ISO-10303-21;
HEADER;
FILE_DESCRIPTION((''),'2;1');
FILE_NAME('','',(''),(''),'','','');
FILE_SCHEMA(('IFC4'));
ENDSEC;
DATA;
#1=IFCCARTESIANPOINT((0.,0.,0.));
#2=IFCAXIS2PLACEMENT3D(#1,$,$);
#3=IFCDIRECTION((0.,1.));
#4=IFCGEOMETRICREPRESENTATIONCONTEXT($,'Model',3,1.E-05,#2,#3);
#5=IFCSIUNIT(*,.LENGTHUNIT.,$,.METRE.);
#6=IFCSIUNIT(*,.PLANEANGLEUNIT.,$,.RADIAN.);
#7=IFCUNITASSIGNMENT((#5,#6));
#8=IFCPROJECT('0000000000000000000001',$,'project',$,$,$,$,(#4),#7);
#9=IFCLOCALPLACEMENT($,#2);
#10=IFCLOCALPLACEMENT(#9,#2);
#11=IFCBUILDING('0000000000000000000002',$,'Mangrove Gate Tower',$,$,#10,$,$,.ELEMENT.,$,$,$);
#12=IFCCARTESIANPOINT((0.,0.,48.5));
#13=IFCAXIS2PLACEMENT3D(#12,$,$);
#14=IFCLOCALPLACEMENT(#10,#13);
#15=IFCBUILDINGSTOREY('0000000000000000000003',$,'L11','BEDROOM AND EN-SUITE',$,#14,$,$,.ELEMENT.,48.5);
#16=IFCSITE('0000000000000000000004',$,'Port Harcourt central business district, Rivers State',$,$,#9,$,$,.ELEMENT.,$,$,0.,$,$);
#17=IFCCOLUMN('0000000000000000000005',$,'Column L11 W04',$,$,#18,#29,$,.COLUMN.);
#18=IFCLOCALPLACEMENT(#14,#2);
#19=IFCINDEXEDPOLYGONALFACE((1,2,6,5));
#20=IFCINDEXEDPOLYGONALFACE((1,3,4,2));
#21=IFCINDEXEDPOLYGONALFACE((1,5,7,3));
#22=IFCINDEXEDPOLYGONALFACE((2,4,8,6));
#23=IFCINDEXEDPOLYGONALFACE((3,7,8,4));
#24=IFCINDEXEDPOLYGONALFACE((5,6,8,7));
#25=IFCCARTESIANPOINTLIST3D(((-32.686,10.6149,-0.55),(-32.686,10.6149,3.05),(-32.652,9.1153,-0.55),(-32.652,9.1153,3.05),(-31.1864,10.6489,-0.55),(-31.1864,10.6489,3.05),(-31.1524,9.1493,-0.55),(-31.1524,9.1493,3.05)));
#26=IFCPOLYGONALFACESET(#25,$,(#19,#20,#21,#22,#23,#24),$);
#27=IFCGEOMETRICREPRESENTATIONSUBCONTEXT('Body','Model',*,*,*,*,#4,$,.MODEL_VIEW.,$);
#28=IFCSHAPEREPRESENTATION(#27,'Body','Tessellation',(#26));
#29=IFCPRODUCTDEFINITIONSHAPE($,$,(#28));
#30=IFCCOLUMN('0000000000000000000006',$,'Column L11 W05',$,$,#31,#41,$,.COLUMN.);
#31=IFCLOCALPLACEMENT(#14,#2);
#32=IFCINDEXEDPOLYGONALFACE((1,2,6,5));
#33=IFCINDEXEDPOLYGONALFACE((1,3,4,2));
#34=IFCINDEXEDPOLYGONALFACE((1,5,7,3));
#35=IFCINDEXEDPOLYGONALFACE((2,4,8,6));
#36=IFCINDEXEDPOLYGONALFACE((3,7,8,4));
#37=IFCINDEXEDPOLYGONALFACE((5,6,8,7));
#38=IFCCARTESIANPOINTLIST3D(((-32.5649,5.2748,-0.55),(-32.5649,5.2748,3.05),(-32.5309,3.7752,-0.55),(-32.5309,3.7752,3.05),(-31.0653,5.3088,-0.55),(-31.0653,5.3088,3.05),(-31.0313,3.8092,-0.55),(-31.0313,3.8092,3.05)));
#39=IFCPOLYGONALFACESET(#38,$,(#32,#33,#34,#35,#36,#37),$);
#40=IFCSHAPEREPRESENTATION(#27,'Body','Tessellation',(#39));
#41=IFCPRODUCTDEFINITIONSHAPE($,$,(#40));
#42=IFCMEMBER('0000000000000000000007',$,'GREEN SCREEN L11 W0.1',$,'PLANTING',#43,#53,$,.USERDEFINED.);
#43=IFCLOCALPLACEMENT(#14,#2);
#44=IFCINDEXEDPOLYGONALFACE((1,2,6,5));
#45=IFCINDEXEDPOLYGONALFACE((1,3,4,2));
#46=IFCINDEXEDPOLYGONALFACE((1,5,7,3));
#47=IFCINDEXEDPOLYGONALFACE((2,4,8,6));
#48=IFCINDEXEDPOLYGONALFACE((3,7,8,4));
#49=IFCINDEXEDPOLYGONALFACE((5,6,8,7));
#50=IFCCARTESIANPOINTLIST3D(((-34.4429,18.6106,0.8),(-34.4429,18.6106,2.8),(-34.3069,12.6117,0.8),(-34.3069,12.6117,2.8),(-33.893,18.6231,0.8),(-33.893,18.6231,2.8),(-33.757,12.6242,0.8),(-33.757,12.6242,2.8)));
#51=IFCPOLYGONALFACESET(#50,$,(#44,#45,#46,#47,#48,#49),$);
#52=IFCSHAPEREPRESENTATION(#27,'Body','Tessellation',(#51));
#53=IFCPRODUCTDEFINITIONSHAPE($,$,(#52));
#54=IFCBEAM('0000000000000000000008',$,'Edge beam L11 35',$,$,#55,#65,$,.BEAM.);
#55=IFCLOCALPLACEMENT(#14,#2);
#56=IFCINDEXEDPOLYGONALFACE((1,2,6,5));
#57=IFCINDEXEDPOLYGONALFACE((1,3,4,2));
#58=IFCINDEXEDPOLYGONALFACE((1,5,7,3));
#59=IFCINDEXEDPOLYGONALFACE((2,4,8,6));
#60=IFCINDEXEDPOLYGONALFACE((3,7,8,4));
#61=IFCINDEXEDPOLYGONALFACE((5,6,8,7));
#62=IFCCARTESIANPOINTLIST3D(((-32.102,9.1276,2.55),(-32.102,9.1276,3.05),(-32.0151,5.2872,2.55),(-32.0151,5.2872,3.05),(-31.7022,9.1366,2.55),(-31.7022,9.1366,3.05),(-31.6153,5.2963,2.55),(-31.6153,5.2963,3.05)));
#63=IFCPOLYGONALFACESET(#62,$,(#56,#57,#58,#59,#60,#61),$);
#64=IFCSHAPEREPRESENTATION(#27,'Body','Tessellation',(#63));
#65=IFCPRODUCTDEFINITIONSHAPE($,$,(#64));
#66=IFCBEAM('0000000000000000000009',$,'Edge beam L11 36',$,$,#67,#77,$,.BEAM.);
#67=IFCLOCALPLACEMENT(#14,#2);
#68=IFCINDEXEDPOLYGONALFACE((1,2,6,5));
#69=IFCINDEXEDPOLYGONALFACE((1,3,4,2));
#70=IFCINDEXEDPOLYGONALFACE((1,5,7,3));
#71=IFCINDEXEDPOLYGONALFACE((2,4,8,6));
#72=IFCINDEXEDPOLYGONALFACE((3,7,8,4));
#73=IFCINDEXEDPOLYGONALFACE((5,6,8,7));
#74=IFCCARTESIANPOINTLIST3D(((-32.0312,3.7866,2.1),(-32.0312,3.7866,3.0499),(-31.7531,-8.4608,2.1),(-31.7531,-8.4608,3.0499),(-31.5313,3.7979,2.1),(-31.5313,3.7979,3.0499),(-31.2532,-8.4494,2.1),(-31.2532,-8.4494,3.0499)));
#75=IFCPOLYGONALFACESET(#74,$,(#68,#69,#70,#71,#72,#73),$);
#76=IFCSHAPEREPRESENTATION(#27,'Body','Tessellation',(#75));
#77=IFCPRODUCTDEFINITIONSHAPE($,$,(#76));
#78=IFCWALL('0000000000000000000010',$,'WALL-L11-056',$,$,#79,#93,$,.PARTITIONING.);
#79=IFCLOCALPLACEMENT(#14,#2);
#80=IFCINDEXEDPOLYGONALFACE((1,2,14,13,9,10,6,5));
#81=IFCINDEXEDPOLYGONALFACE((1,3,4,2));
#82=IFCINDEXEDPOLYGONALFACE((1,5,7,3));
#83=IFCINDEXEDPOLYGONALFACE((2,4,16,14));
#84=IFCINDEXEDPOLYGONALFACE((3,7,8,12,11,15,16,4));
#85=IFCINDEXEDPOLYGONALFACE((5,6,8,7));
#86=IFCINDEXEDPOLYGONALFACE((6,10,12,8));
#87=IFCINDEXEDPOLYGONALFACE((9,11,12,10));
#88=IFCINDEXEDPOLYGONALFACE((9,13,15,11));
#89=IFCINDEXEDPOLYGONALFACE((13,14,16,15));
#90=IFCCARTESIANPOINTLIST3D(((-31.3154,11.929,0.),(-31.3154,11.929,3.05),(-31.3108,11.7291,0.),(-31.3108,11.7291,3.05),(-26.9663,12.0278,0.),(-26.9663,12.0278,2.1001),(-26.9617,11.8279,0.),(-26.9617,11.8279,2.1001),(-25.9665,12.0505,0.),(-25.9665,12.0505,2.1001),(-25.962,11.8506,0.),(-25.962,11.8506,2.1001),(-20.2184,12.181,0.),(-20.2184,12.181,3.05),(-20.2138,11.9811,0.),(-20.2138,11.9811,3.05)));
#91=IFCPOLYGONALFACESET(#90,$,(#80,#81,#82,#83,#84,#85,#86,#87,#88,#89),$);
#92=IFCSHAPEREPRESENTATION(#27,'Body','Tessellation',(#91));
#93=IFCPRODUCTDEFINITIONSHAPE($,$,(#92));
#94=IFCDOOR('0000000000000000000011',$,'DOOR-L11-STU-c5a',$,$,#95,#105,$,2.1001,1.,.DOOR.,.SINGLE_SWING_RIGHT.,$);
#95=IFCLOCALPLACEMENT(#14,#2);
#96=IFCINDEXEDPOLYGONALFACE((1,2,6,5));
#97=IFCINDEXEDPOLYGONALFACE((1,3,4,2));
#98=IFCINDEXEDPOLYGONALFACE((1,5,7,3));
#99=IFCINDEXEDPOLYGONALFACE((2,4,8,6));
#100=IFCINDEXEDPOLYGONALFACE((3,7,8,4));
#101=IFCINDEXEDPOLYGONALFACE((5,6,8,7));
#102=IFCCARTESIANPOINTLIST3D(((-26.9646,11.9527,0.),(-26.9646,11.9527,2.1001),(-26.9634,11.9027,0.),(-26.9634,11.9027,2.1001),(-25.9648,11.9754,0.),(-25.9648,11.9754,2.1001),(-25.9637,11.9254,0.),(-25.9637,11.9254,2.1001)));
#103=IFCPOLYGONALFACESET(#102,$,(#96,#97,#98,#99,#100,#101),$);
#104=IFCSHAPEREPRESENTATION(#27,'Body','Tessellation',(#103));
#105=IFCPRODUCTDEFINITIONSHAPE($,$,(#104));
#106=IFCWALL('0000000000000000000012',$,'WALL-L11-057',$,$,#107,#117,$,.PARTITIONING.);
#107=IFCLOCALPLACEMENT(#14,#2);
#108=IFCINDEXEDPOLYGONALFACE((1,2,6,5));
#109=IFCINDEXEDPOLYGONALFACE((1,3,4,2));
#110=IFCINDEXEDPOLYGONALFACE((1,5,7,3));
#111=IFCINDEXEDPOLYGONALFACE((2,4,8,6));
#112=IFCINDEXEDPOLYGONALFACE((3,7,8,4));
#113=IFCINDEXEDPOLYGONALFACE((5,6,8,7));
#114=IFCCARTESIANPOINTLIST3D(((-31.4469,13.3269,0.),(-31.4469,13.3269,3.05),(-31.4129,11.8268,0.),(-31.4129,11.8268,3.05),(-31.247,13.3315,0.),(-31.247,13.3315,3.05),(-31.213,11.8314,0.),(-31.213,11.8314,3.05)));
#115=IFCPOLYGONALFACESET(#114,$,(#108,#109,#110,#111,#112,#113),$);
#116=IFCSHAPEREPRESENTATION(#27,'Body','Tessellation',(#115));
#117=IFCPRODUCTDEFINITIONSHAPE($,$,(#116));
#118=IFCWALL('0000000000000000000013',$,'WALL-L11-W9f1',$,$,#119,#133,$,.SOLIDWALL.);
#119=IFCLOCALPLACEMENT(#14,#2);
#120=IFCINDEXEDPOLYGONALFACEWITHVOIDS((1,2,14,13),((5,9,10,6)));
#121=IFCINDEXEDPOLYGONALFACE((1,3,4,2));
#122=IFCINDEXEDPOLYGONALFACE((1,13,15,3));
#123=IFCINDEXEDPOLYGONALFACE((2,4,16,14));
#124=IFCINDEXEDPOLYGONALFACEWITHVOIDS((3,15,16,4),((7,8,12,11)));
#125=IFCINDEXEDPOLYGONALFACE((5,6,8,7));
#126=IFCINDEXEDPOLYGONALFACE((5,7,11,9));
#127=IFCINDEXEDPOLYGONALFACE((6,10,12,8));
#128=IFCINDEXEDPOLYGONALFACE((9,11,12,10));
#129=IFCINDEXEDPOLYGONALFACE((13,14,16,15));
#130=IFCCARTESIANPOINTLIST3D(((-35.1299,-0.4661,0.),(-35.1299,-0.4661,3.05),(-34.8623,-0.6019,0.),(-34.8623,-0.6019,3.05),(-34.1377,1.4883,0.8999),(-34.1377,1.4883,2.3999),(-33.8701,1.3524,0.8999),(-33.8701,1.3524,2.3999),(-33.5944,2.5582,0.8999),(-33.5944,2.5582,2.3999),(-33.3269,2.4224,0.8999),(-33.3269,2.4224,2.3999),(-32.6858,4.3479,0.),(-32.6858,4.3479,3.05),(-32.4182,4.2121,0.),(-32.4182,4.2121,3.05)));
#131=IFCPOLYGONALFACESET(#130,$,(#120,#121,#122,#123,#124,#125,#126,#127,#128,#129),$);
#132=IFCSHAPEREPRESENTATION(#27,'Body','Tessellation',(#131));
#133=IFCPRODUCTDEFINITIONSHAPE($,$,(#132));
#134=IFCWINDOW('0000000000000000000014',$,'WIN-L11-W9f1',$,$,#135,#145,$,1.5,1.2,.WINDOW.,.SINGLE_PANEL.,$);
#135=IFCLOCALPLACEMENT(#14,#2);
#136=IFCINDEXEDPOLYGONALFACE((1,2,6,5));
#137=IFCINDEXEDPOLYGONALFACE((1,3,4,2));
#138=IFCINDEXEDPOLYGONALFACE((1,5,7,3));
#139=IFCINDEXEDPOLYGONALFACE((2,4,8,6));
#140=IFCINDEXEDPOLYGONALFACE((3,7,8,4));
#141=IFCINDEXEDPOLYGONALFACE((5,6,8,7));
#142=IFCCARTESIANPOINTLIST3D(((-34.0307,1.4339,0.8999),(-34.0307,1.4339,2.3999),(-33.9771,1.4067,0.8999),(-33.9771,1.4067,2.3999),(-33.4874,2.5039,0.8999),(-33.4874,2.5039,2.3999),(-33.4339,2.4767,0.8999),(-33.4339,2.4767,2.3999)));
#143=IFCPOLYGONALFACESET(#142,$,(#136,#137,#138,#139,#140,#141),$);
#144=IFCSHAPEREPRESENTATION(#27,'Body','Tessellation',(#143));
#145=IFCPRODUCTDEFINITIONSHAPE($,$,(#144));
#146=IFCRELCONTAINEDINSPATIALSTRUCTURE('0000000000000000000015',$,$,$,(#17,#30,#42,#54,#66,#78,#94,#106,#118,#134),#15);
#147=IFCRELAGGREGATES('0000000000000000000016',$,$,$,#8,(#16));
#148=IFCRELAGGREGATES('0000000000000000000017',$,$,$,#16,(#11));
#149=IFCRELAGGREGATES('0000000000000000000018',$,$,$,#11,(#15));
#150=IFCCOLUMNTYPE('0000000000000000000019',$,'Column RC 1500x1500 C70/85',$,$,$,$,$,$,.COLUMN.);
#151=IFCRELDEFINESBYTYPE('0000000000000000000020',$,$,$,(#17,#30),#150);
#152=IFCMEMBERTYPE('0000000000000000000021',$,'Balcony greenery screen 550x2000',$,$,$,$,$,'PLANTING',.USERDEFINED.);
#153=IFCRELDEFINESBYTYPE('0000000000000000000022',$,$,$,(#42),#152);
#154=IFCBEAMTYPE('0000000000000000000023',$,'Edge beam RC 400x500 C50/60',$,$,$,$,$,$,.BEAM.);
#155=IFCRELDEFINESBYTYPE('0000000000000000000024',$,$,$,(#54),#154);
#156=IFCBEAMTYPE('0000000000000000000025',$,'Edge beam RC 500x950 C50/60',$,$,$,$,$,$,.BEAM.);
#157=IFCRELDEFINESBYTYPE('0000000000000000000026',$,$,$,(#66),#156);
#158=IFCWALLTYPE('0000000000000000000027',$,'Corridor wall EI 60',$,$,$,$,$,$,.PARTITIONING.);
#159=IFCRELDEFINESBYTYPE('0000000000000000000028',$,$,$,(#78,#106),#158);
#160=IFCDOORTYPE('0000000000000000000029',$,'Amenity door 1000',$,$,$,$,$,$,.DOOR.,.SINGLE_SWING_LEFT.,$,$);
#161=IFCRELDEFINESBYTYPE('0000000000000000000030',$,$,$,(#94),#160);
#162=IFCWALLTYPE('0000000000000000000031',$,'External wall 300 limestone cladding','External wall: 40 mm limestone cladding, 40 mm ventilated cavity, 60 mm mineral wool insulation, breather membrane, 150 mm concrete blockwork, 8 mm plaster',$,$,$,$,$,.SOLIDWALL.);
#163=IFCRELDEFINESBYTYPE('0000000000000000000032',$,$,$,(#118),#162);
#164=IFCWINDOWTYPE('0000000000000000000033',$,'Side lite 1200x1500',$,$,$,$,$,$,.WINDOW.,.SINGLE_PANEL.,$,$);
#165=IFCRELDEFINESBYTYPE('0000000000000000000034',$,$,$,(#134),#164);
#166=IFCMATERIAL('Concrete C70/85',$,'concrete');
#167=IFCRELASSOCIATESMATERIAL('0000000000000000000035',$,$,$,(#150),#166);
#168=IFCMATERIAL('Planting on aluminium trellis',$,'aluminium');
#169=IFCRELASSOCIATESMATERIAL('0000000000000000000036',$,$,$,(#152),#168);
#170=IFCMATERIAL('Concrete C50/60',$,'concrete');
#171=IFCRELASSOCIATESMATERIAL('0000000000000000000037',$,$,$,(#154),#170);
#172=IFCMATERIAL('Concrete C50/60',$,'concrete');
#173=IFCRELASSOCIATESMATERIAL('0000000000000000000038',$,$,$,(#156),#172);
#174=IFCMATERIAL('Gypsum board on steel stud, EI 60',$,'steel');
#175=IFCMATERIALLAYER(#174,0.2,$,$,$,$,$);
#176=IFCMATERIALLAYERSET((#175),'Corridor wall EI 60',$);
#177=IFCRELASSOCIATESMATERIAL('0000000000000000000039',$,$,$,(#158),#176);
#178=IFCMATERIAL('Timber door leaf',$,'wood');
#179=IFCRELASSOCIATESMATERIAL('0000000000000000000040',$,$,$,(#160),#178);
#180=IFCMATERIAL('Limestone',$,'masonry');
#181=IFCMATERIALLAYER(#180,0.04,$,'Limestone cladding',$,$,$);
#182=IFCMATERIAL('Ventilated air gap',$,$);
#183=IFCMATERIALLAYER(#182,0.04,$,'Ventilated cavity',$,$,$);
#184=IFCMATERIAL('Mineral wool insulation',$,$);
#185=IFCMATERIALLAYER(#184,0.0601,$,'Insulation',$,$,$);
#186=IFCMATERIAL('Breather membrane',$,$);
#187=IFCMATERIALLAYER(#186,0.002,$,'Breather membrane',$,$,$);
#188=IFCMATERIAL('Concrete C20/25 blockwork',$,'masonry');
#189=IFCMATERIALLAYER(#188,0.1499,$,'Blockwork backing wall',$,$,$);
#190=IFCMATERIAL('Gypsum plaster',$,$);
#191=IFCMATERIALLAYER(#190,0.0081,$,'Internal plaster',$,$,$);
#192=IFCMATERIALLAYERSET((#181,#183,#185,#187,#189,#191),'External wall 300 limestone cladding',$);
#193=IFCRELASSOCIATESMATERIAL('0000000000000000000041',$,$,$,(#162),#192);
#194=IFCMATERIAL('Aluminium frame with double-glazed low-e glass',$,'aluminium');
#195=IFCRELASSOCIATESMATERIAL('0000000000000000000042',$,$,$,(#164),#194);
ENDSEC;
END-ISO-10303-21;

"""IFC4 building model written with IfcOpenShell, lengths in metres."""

from ifc_helpers import new_model, si_unit, direction, frame, frame_2d, origin, origin_2d, place, context, subcontext, project, spatial, rectangle, extrude, material, layer, layer_set, material_profile, profile_set, type_object, element, fill, save


model = new_model("IFC4")

# Units and contexts
model_context = context("Model", 3, precision=1e-05, world=origin(), true_north=direction((0.0, 1.0)))
body_context = subcontext(model_context, "Body", "Model", "MODEL_VIEW")
ifc_project = project(units=[si_unit("LENGTHUNIT", "METRE"), si_unit("PLANEANGLEUNIT", "RADIAN")], contexts=[model_context])

# Site, building, storey
site_placement = place(None, origin())
site = spatial("IfcSite", under=ifc_project, at=site_placement, Name="Port Harcourt central business district, Rivers State", CompositionType="ELEMENT", RefElevation=0.0)
building_placement = place(site_placement, origin())
building = spatial("IfcBuilding", under=site, at=building_placement, Name="Mangrove Gate Tower", CompositionType="ELEMENT")
storey_placement = place(building_placement, frame((0.0, 0.0, 48.5)))
storey = spatial("IfcBuildingStorey", under=building, at=storey_placement, Name="L11", Description="BEDROOM AND EN-SUITE", CompositionType="ELEMENT", Elevation=48.5)

# Columns
ifc_material_1 = material(Name="Concrete C70/85", Category="concrete")
ifc_material_profile_1 = material_profile(ifc_material_1, rectangle(XDim=1.5, YDim=1.5, at=origin_2d()))
ifc_profile_set_1 = profile_set([ifc_material_profile_1], Name="Concrete C70/85")
column_type = type_object("IfcColumnType", Name="Column RC 1500x1500 C70/85", PredefinedType="COLUMN", material=ifc_profile_set_1)
for number, where, z_axis, x_axis, name in (
    (1, (-31.9192, 9.8821, -0.55), (0.0, 0.0, 1.0), (0.022653, -0.999743, 0.0), "Column L11 W04"),
    (2, (-31.7981, 4.542, -0.55), (0.0, 0.0, 1.0), (0.02268, -0.999743, 0.0), "Column L11 W05"),
):
    element("IfcColumn", number, at=place(storey_placement, frame(where, z_axis=z_axis, x_axis=x_axis)), inside=storey, type_object=column_type, Name=name, PredefinedType="COLUMN", context=body_context, shape_type="SweptSolid", body=[
        extrude(rectangle(XDim=1.5, YDim=1.5, at=origin_2d()), origin(), (0.0, 0.0, 1.0), 3.6001),
    ])

# Member
ifc_material_2 = material(Name="Planting on aluminium trellis", Category="aluminium")
ifc_material_profile_2 = material_profile(ifc_material_2, rectangle(XDim=0.55, YDim=2.0, at=origin_2d()))
ifc_profile_set_2 = profile_set([ifc_material_profile_2], Name="Planting on aluminium trellis")
member_type = type_object("IfcMemberType", Name="Balcony greenery screen 550x2000", ElementType="PLANTING", PredefinedType="USERDEFINED", material=ifc_profile_set_2)
member_placement = place(storey_placement, frame((-34.032, 12.6179, 1.8), z_axis=(-0.022662, 0.999743, 0.0), x_axis=(-0.999743, -0.022662, 0.0)))
element("IfcMember", 3, at=member_placement, inside=storey, type_object=member_type, Name="GREEN SCREEN L11 W0.1", ObjectType="PLANTING", PredefinedType="USERDEFINED", context=body_context, shape_type="SweptSolid", body=[
    extrude(rectangle(XDim=0.55, YDim=2.0, at=origin_2d()), origin(), (0.0, 0.0, 1.0), 6.0005),
])

# Beams
ifc_material_3 = material(Name="Concrete C50/60", Category="concrete")
ifc_material_profile_3 = material_profile(ifc_material_3, rectangle(XDim=0.3999, YDim=0.5, at=origin_2d()))
ifc_profile_set_3 = profile_set([ifc_material_profile_3], Name="Concrete C50/60")
beam_type_1 = type_object("IfcBeamType", Name="Edge beam RC 400x500 C50/60", PredefinedType="BEAM", material=ifc_profile_set_3)
beam_1_placement = place(storey_placement, frame((-31.9021, 9.1321, 2.8), z_axis=(0.022626, -0.999744, 0.0), x_axis=(0.999744, 0.022626, 0.0)))
element("IfcBeam", 4, at=beam_1_placement, inside=storey, type_object=beam_type_1, Name="Edge beam L11 35", PredefinedType="BEAM", context=body_context, shape_type="SweptSolid", body=[
    extrude(rectangle(XDim=0.3999, YDim=0.5, at=origin_2d()), origin(), (0.0, 0.0, 1.0), 3.8413),
])
ifc_material_4 = material(Name="Concrete C50/60", Category="concrete")
ifc_material_profile_4 = material_profile(ifc_material_4, rectangle(XDim=0.5, YDim=0.95, at=origin_2d()))
ifc_profile_set_4 = profile_set([ifc_material_profile_4], Name="Concrete C50/60")
beam_type_2 = type_object("IfcBeamType", Name="Edge beam RC 500x950 C50/60", PredefinedType="BEAM", material=ifc_profile_set_4)
beam_2_placement = place(storey_placement, frame((-31.7812, 3.7922, 2.575), z_axis=(0.022699, -0.999742, 0.0), x_axis=(0.999742, 0.022699, 0.0)))
element("IfcBeam", 5, at=beam_2_placement, inside=storey, type_object=beam_type_2, Name="Edge beam L11 36", PredefinedType="BEAM", context=body_context, shape_type="SweptSolid", body=[
    extrude(rectangle(XDim=0.5, YDim=0.95, at=origin_2d()), origin(), (0.0, 0.0, 1.0), 12.2505),
])

# Wall, opening, door
ifc_material_5 = material(Name="Gypsum board on steel stud, EI 60", Category="steel")
ifc_layer_1 = layer(ifc_material_5, 0.2)
ifc_layer_set_1 = layer_set([ifc_layer_1], Name="Corridor wall EI 60")
wall_type_1 = type_object("IfcWallType", Name="Corridor wall EI 60", PredefinedType="PARTITIONING", material=ifc_layer_set_1)
wall_1_placement = place(storey_placement, frame((-31.313, 11.8291, 0.0), z_axis=(0.0, 0.0, 1.0), x_axis=(0.999742, 0.022699, 0.0)))
wall_1 = element("IfcWall", 6, at=wall_1_placement, inside=storey, type_object=wall_type_1, Name="WALL-L11-056", PredefinedType="PARTITIONING", context=body_context, shape_type="SweptSolid", body=[
    extrude(rectangle(XDim=11.0999, YDim=0.2, at=frame_2d((5.5498, 0.0))), origin(), (0.0, 0.0, 1.0), 3.05),
])
opening_1_placement = place(wall_1_placement, frame((4.3501, 0.0, 0.0)))
opening_1 = element("IfcOpeningElement", 7, at=opening_1_placement, cuts=wall_1, PredefinedType="OPENING", context=body_context, shape_type="SweptSolid", body=[
    extrude(rectangle(XDim=1.0, YDim=2.1001, at=frame_2d((0.5, 1.05))), frame((0.0, 0.1099, 0.0), z_axis=(0.0, -1.0, 0.0), x_axis=(1.0, 0.0, 0.0)), (0.0, 0.0, 1.0), 0.22),
])
ifc_material_6 = material(Name="Timber door leaf", Category="wood")
door_type = type_object("IfcDoorType", Name="Amenity door 1000", OperationType="SINGLE_SWING_LEFT", PredefinedType="DOOR", material=ifc_material_6)
door_placement = place(opening_1_placement, origin())
door = element("IfcDoor", 8, at=door_placement, inside=storey, type_object=door_type, Name="DOOR-L11-STU-c5a", OperationType="SINGLE_SWING_RIGHT", OverallHeight=2.1001, OverallWidth=1.0, PredefinedType="DOOR", context=body_context, shape_type="SweptSolid", body=[
    extrude(rectangle(XDim=1.0, YDim=2.1001, at=frame_2d((0.5, 1.05))), frame((0.0, 0.0249, 0.0), z_axis=(0.0, -1.0, 0.0), x_axis=(1.0, 0.0, 0.0)), (0.0, 0.0, 1.0), 0.05),
])
fill(opening_1, door)

# Wall
wall_2_placement = place(storey_placement, frame((-31.313, 11.8291, 0.0), z_axis=(0.0, 0.0, 1.0), x_axis=(-0.022618, 0.999744, 0.0)))
element("IfcWall", 9, at=wall_2_placement, inside=storey, type_object=wall_type_1, Name="WALL-L11-057", PredefinedType="PARTITIONING", context=body_context, shape_type="SweptSolid", body=[
    extrude(rectangle(XDim=1.5005, YDim=0.2, at=frame_2d((0.7502, 0.0))), origin(), (0.0, 0.0, 1.0), 3.05),
])

# Wall, opening, window
ifc_material_7 = material(Name="Limestone", Category="masonry")
ifc_layer_2 = layer(ifc_material_7, 0.04, Name="Limestone cladding")
ifc_material_8 = material(Name="Ventilated air gap")
ifc_layer_3 = layer(ifc_material_8, 0.04, Name="Ventilated cavity")
ifc_material_9 = material(Name="Mineral wool insulation")
ifc_layer_4 = layer(ifc_material_9, 0.0601, Name="Insulation")
ifc_material_10 = material(Name="Breather membrane")
ifc_layer_5 = layer(ifc_material_10, 0.002, Name="Breather membrane")
ifc_material_11 = material(Name="Concrete C20/25 blockwork", Category="masonry")
ifc_layer_6 = layer(ifc_material_11, 0.1499, Name="Blockwork backing wall")
ifc_material_12 = material(Name="Gypsum plaster")
ifc_layer_7 = layer(ifc_material_12, 0.0081, Name="Internal plaster")
ifc_layer_set_2 = layer_set([ifc_layer_2, ifc_layer_3, ifc_layer_4, ifc_layer_5, ifc_layer_6, ifc_layer_7], Name="External wall 300 limestone cladding")
wall_type_2 = type_object("IfcWallType", Name="External wall 300 limestone cladding", Description="External wall: 40 mm limestone cladding, 40 mm ventilated cavity, 60 mm mineral wool insulation, breather membrane, 150 mm concrete blockwork, 8 mm plaster", PredefinedType="SOLIDWALL", material=ifc_layer_set_2)
wall_3_placement = place(storey_placement, frame((-32.552, 4.28, 0.0), z_axis=(0.0, 0.0, 1.0), x_axis=(-0.452704, -0.891661, 0.0)))
wall_3 = element("IfcWall", 10, at=wall_3_placement, inside=storey, type_object=wall_type_2, Name="WALL-L11-W9f1", PredefinedType="SOLIDWALL", context=body_context, shape_type="SweptSolid", body=[
    extrude(rectangle(XDim=5.3989, YDim=0.3, at=frame_2d((2.6995, 0.0))), origin(), (0.0, 0.0, 1.0), 3.05),
])
opening_2_placement = place(wall_3_placement, frame((2.0071, 0.0, 0.8999)))
opening_2 = element("IfcOpeningElement", 11, at=opening_2_placement, cuts=wall_3, PredefinedType="OPENING", context=body_context, shape_type="SweptSolid", body=[
    extrude(rectangle(XDim=1.2, YDim=1.5, at=frame_2d((0.6001, 0.75))), frame((0.0, 0.1599, 0.0), z_axis=(0.0, -1.0, 0.0), x_axis=(1.0, 0.0, 0.0)), (0.0, 0.0, 1.0), 0.3201),
])
ifc_material_13 = material(Name="Aluminium frame with double-glazed low-e glass", Category="aluminium")
window_type = type_object("IfcWindowType", Name="Side lite 1200x1500", PartitioningType="SINGLE_PANEL", PredefinedType="WINDOW", material=ifc_material_13)
window_1_placement = place(opening_2_placement, origin())
window_1 = element("IfcWindow", 12, at=window_1_placement, inside=storey, type_object=window_type, Name="WIN-L11-W9f1", OverallHeight=1.5, OverallWidth=1.2, PartitioningType="SINGLE_PANEL", PredefinedType="WINDOW", context=body_context, shape_type="SweptSolid", body=[
    extrude(rectangle(XDim=1.2, YDim=1.5, at=frame_2d((0.6001, 0.75))), frame((0.0, 0.03, 0.0), z_axis=(0.0, -1.0, 0.0), x_axis=(1.0, 0.0, 0.0)), (0.0, 0.0, 1.0), 0.0601),
])
fill(opening_2, window_1)

save(model, "model.ifc")
